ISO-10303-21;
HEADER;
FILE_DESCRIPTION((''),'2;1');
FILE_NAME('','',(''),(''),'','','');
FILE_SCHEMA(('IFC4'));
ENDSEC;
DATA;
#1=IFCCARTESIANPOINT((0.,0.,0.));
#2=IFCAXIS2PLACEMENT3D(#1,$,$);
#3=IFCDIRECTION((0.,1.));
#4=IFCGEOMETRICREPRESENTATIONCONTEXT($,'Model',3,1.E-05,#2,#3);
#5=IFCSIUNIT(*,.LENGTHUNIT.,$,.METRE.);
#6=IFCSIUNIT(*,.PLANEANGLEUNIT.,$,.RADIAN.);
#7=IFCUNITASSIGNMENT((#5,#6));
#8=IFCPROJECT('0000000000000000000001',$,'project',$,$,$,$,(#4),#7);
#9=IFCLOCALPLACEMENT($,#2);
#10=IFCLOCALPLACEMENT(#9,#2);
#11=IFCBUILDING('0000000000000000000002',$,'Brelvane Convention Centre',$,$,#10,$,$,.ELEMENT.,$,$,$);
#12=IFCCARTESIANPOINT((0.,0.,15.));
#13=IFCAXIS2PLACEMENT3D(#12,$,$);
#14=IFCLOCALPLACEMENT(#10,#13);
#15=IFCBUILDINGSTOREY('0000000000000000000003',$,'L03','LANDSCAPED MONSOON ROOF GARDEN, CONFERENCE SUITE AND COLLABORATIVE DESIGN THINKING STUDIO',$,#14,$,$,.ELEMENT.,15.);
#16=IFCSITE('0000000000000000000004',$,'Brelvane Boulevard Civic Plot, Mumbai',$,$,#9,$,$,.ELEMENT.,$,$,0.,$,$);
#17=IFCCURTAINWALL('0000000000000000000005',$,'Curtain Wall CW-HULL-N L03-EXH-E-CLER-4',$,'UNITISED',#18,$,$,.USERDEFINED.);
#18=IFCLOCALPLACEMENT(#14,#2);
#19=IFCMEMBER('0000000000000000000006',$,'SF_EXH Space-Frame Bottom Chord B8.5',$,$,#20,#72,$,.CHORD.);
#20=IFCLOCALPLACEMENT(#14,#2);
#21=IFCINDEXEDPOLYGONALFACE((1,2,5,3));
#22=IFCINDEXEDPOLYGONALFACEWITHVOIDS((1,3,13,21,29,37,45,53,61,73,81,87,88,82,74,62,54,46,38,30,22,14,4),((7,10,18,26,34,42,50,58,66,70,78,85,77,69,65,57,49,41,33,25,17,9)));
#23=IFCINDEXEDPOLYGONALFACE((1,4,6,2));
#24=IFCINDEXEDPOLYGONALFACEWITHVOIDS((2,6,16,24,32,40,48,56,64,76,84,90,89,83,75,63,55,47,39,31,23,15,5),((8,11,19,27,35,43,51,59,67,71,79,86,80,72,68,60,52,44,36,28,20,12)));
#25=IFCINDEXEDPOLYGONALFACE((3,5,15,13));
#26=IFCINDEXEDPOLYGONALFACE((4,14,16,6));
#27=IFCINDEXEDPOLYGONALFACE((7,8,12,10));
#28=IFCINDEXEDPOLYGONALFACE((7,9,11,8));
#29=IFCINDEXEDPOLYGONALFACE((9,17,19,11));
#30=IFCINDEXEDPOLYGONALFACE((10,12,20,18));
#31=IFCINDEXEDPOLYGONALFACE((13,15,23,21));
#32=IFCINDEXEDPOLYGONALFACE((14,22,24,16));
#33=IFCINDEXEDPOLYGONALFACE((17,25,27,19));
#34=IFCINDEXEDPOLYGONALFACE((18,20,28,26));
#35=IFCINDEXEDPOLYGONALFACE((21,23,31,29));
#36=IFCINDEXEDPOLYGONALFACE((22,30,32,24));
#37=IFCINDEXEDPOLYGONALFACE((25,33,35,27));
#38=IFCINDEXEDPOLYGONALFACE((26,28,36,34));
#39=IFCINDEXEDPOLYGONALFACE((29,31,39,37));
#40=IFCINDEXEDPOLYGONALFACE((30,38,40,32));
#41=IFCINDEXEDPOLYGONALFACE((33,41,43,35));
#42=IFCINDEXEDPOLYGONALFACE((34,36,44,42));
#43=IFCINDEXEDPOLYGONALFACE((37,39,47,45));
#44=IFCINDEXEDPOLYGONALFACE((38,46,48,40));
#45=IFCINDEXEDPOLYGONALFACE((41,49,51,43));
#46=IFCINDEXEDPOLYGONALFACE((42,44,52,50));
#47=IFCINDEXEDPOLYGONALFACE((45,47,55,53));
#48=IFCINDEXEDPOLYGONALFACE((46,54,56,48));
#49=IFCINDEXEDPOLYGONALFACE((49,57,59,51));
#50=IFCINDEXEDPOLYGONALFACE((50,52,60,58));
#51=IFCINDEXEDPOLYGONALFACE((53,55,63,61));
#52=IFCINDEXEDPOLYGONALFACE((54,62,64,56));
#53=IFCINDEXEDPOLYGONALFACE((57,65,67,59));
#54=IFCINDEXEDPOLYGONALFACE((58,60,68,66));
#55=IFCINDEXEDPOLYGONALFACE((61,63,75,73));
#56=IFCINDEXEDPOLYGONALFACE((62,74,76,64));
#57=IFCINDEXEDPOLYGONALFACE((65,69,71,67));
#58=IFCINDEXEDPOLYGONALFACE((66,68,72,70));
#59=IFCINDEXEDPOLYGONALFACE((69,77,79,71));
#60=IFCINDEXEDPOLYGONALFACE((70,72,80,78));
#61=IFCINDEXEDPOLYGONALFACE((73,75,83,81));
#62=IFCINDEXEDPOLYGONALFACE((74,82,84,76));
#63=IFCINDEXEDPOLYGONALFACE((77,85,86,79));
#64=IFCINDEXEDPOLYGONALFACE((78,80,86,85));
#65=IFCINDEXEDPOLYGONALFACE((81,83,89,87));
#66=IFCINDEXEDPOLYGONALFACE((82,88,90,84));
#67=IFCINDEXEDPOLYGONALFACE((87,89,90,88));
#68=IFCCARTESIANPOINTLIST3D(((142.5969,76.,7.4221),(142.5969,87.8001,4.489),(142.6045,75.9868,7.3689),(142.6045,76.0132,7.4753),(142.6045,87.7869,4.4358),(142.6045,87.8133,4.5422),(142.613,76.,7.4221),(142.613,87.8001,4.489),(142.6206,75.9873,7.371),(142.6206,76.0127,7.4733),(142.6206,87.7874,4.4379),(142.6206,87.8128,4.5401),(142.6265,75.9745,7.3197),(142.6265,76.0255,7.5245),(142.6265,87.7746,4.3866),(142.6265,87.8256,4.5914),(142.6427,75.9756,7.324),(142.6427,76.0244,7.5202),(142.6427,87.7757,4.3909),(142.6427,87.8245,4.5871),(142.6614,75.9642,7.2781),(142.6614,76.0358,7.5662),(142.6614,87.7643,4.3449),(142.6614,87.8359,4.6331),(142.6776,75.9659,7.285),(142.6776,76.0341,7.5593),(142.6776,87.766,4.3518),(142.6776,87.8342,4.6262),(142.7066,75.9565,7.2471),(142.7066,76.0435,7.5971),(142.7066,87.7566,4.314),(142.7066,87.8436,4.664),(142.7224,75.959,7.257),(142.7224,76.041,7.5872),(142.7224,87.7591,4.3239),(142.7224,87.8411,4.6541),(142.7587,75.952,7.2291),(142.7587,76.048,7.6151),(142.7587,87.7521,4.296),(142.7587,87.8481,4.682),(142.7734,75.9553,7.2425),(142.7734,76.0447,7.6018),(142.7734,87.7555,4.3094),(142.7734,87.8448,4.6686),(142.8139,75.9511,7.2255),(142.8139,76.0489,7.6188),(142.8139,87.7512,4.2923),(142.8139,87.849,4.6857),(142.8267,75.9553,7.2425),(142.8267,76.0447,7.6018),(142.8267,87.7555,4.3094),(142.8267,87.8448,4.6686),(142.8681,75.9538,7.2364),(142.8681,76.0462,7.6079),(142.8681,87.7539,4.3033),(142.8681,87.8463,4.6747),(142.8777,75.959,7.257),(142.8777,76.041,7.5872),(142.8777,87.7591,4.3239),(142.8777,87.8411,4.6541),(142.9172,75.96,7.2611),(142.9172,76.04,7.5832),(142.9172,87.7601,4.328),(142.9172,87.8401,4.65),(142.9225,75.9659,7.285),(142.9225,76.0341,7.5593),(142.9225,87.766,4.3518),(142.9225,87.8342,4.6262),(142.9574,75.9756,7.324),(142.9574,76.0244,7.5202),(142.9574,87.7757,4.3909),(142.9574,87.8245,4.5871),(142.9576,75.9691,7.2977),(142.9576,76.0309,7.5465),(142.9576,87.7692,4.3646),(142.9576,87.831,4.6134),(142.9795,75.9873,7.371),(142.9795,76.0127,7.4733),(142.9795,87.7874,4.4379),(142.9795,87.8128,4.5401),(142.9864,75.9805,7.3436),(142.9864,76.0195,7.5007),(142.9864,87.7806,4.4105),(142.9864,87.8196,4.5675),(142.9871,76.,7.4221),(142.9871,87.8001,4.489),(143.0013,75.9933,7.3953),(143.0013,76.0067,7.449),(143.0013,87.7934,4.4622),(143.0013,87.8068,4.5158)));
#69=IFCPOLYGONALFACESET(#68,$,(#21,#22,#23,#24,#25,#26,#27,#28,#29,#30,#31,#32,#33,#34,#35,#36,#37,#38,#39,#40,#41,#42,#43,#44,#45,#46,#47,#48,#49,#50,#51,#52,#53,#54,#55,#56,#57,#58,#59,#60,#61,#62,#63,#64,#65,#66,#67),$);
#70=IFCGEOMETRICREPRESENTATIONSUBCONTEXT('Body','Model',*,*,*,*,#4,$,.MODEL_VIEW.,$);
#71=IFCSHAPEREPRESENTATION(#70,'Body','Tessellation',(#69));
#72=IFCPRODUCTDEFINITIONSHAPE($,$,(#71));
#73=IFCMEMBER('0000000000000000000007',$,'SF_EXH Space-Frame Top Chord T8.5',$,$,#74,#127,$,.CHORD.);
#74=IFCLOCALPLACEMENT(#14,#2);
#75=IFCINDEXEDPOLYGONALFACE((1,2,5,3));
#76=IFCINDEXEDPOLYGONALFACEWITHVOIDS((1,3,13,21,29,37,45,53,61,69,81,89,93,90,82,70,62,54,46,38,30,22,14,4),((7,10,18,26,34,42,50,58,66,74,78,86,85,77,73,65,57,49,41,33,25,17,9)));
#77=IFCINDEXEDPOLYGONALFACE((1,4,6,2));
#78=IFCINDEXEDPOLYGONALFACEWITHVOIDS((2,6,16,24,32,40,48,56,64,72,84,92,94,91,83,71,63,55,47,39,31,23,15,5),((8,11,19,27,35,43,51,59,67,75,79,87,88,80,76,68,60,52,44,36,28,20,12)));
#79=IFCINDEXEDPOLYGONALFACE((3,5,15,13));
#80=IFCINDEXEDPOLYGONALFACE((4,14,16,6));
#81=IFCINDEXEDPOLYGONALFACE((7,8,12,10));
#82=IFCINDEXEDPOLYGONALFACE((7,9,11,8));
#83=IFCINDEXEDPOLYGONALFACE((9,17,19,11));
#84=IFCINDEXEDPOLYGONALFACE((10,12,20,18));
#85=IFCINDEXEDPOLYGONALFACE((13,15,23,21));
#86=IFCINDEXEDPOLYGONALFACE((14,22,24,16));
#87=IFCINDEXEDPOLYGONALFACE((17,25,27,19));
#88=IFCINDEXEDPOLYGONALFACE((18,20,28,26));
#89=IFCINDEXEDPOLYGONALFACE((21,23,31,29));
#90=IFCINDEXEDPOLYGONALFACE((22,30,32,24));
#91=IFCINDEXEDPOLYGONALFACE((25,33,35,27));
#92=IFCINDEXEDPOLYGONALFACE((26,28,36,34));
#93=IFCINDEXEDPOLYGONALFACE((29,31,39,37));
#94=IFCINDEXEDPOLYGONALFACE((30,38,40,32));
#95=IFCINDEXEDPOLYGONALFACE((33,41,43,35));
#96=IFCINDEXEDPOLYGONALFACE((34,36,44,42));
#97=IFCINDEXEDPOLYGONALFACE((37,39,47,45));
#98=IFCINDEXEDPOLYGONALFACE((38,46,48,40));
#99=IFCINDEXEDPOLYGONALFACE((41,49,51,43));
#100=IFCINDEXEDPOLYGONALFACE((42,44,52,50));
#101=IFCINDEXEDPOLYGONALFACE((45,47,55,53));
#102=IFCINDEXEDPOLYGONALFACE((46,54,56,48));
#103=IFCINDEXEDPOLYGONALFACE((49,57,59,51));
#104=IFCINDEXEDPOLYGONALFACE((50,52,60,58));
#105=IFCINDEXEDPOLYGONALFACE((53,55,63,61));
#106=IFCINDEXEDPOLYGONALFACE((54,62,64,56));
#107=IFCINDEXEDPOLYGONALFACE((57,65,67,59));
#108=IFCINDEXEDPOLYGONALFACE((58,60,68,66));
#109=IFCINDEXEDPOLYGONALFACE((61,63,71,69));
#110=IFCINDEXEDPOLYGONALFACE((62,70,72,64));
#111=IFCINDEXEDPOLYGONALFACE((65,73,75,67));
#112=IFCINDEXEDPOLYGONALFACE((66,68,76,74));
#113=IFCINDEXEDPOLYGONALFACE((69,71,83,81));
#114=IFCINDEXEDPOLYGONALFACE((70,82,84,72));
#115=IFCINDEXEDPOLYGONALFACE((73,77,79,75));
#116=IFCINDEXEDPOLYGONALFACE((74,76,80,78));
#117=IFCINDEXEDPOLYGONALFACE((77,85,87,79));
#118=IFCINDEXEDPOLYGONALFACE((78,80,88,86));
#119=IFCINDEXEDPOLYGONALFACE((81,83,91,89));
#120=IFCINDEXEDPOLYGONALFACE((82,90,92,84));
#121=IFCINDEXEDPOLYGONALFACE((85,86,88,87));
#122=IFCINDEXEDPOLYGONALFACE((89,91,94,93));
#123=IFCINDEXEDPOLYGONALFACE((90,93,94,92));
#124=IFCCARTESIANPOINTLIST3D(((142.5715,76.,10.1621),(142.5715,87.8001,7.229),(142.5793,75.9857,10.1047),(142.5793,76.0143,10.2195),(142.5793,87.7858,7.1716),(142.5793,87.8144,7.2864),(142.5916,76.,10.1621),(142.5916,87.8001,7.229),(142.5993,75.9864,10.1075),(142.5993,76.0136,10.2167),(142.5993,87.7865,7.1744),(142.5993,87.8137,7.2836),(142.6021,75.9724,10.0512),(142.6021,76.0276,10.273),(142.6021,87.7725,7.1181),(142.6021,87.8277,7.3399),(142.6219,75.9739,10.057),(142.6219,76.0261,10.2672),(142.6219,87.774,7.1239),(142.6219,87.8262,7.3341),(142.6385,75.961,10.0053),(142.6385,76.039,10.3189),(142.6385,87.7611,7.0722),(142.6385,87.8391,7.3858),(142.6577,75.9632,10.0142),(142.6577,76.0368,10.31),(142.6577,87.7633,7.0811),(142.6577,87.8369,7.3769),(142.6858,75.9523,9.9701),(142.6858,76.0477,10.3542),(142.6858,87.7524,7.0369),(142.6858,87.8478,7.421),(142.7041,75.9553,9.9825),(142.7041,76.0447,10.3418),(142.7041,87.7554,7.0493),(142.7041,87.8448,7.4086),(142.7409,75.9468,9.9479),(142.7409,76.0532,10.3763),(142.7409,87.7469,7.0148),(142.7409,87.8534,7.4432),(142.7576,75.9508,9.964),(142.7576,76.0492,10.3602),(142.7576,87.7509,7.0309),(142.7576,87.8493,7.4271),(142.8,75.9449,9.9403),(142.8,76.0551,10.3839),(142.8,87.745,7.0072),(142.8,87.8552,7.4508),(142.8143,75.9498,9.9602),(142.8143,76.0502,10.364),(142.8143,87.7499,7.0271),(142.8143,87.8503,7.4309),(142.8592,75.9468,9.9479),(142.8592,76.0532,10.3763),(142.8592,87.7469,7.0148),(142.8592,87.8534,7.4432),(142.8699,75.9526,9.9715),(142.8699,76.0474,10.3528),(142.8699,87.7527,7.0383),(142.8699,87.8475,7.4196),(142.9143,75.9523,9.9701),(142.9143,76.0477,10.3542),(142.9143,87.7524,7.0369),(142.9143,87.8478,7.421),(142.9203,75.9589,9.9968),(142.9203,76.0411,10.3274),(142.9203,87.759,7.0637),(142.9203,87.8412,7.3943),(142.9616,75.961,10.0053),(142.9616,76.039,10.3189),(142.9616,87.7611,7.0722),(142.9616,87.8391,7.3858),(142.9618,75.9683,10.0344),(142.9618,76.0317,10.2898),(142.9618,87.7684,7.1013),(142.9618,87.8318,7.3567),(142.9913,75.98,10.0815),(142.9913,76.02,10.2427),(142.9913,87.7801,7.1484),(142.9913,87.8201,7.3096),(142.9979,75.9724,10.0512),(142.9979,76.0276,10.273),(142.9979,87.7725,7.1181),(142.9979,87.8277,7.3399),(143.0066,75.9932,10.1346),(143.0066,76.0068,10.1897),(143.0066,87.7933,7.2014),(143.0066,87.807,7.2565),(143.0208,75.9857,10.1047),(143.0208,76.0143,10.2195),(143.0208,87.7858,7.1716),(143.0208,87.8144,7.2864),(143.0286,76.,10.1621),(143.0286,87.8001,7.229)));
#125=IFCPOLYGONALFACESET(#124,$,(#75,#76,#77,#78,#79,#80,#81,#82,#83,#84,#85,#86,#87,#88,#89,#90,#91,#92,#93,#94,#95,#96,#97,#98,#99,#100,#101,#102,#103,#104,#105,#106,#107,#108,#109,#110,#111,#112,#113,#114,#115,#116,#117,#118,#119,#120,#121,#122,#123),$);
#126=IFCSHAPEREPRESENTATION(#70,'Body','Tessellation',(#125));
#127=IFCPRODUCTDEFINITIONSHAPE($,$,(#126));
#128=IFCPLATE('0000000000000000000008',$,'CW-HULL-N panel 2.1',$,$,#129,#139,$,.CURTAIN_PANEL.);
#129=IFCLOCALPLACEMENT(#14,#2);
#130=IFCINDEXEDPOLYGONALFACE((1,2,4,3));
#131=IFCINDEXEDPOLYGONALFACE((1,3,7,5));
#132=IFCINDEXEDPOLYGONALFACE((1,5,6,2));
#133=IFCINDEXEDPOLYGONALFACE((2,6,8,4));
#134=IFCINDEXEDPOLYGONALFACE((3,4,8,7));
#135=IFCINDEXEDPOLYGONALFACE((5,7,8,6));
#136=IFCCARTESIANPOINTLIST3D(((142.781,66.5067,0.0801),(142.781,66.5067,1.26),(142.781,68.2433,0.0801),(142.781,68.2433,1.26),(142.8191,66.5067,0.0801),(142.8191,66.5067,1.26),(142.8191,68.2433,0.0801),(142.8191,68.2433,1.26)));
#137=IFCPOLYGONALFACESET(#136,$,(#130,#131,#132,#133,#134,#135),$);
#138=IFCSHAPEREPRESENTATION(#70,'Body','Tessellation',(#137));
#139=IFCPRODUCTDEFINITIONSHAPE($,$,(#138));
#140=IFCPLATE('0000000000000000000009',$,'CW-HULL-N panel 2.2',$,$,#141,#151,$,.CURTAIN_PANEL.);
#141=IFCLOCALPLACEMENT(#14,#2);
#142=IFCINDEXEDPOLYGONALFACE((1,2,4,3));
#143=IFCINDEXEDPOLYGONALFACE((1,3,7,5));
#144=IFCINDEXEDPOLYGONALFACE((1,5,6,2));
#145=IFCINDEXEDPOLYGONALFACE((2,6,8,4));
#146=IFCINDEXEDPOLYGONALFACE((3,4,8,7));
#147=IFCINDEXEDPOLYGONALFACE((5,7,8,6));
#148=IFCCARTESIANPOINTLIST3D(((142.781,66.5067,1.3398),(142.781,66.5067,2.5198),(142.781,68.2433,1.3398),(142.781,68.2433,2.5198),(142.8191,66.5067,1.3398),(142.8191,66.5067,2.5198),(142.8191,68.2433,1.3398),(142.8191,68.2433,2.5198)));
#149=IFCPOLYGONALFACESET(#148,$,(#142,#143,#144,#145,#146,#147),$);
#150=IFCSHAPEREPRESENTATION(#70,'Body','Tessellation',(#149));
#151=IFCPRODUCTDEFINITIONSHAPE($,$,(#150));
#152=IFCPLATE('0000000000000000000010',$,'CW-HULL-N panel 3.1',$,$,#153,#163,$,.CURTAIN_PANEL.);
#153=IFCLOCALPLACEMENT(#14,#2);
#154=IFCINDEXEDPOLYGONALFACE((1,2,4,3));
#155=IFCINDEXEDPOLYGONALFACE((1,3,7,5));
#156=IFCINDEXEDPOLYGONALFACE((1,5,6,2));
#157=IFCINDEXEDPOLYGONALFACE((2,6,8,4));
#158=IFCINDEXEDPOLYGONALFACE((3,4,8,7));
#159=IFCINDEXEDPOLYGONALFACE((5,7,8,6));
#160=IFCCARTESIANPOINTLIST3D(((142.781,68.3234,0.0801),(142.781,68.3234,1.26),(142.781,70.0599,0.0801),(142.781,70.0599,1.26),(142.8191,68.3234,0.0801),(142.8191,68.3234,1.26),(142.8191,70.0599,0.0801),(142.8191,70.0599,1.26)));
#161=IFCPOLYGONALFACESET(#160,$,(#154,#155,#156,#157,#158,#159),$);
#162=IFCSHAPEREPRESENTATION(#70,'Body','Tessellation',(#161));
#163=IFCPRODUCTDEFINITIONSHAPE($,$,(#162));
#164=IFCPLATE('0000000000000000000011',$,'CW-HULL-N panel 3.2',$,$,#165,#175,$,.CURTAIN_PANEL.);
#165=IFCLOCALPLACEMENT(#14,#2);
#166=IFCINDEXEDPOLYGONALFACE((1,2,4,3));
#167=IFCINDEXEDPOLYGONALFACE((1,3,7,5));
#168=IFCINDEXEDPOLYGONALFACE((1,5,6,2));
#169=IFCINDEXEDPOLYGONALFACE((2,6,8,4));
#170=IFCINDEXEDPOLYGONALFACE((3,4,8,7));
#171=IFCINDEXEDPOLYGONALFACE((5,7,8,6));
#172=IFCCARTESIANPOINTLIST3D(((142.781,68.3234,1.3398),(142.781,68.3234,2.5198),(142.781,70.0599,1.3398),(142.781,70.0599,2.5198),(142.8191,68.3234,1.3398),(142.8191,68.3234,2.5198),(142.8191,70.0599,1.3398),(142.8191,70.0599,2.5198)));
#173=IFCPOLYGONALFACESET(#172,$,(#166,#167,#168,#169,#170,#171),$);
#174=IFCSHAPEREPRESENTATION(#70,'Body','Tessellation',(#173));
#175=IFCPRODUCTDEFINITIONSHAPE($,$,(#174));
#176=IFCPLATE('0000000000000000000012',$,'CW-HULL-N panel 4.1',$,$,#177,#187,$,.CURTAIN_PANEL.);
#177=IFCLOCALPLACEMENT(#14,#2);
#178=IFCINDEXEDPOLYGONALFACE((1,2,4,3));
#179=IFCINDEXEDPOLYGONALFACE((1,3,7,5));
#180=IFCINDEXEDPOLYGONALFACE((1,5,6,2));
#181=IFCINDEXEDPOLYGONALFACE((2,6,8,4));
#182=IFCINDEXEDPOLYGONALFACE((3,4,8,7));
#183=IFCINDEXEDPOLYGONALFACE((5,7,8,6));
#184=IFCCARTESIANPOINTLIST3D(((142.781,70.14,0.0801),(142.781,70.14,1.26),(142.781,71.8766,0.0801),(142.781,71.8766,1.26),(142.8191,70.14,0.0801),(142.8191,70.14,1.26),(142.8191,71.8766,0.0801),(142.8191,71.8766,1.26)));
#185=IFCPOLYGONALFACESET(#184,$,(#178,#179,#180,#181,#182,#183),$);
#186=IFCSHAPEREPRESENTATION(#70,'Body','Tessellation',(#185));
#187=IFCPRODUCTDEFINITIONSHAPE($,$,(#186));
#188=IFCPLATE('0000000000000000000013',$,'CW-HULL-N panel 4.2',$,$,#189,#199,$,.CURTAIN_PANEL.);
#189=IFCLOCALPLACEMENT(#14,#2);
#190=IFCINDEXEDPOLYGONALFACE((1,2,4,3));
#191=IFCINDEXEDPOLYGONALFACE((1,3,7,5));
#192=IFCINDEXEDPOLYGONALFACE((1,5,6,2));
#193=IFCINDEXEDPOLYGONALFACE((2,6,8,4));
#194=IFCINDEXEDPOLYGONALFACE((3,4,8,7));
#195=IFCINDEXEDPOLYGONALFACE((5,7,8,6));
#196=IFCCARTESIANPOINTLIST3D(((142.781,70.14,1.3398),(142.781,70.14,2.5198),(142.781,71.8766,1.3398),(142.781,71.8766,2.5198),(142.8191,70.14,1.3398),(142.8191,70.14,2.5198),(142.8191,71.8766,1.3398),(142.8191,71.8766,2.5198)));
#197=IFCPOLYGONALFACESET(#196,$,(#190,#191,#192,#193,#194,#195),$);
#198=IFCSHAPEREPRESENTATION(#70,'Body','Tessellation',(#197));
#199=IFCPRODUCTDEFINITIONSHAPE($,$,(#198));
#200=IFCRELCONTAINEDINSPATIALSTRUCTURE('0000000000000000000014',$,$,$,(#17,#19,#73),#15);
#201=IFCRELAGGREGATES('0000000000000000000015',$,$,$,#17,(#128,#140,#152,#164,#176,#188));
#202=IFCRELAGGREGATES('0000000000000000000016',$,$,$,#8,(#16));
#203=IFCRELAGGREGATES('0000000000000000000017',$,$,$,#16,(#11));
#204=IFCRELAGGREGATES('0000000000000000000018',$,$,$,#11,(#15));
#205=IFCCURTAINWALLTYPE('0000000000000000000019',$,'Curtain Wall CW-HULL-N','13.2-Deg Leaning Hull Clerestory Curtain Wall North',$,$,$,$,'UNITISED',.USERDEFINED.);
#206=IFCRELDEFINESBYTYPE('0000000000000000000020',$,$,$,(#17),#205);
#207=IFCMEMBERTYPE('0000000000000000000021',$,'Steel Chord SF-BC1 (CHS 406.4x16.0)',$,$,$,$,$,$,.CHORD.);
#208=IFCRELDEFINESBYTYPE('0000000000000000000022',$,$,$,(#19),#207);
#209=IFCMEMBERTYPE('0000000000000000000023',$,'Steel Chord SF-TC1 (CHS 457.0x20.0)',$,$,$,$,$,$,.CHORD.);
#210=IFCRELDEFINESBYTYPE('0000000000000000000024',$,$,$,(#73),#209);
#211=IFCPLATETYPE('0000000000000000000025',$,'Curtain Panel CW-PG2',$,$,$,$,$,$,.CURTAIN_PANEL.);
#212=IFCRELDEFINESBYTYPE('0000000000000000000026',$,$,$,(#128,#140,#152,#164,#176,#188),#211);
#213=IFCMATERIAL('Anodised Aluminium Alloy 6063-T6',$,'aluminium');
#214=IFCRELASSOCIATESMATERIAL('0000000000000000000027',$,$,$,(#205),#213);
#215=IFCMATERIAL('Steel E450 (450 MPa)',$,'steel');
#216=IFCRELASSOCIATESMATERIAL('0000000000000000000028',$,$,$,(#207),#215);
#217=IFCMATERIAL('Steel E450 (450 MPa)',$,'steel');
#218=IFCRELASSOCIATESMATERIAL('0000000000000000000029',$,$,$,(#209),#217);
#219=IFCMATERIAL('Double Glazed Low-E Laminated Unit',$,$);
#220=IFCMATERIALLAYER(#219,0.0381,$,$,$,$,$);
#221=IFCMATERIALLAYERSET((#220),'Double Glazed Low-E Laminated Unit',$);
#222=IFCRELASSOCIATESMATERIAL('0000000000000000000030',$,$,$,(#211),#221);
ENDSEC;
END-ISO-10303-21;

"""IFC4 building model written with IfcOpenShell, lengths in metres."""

from ifc_helpers import new_model, si_unit, direction, frame, origin, origin_2d, place, context, subcontext, project, spatial, rectangle, hollow_circle, extrude, material, layer, layer_set, material_profile, profile_set, type_object, element, aggregate, save


model = new_model("IFC4")

# Units and contexts
model_context = context("Model", 3, precision=1e-05, world=origin(), true_north=direction((0.0, 1.0)))
body_context = subcontext(model_context, "Body", "Model", "MODEL_VIEW")
ifc_project = project(units=[si_unit("LENGTHUNIT", "METRE"), si_unit("PLANEANGLEUNIT", "RADIAN")], contexts=[model_context])

# Site, building, storey
site_placement = place(None, origin())
site = spatial("IfcSite", under=ifc_project, at=site_placement, Name="Brelvane Boulevard Civic Plot, Mumbai", CompositionType="ELEMENT", RefElevation=0.0)
building_placement = place(site_placement, origin())
building = spatial("IfcBuilding", under=site, at=building_placement, Name="Brelvane Convention Centre", CompositionType="ELEMENT")
storey_placement = place(building_placement, frame((0.0, 0.0, 15.0)))
storey = spatial("IfcBuildingStorey", under=building, at=storey_placement, Name="L03", Description="LANDSCAPED MONSOON ROOF GARDEN, CONFERENCE SUITE AND COLLABORATIVE DESIGN THINKING STUDIO", CompositionType="ELEMENT", Elevation=15.0)

# Curtain wall
ifc_material_1 = material(Name="Anodised Aluminium Alloy 6063-T6", Category="aluminium")
curtain_wall_type = type_object("IfcCurtainWallType", Name="Curtain Wall CW-HULL-N", Description="13.2-Deg Leaning Hull Clerestory Curtain Wall North", ElementType="UNITISED", PredefinedType="USERDEFINED", material=ifc_material_1)
curtain_wall_placement = place(storey_placement, origin())
curtain_wall = element("IfcCurtainWall", 1, at=curtain_wall_placement, inside=storey, type_object=curtain_wall_type, Name="Curtain Wall CW-HULL-N L03-EXH-E-CLER-4", ObjectType="UNITISED", PredefinedType="USERDEFINED")

# Members
ifc_material_2 = material(Name="Steel E450 (450 MPa)", Category="steel")
ifc_material_profile_1 = material_profile(ifc_material_2, hollow_circle(Radius=0.2031, WallThickness=0.0161, at=origin_2d()), Name="CHS 406.4x16.0")
ifc_profile_set_1 = profile_set([ifc_material_profile_1], Name="Steel E450 (450 MPa)")
member_type_1 = type_object("IfcMemberType", Name="Steel Chord SF-BC1 (CHS 406.4x16.0)", PredefinedType="CHORD", material=ifc_profile_set_1)
member_1_placement = place(storey_placement, frame((142.8, 76.0, 7.4221), z_axis=(0.0, 0.970469, -0.241227), x_axis=(-1.0, 0.0, 0.0)))
element("IfcMember", 2, at=member_1_placement, inside=storey, type_object=member_type_1, Name="SF_EXH Space-Frame Bottom Chord B8.5", PredefinedType="CHORD", context=body_context, shape_type="SweptSolid", body=[
    extrude(hollow_circle(Radius=0.2031, WallThickness=0.0161, at=origin_2d()), origin(), (0.0, 0.0, 1.0), 12.1592),
])
ifc_material_3 = material(Name="Steel E450 (450 MPa)", Category="steel")
ifc_material_profile_2 = material_profile(ifc_material_3, hollow_circle(Radius=0.2285, WallThickness=0.02, at=origin_2d()), Name="CHS 457.0x20.0")
ifc_profile_set_2 = profile_set([ifc_material_profile_2], Name="Steel E450 (450 MPa)")
member_type_2 = type_object("IfcMemberType", Name="Steel Chord SF-TC1 (CHS 457.0x20.0)", PredefinedType="CHORD", material=ifc_profile_set_2)
member_2_placement = place(storey_placement, frame((142.8, 76.0, 10.1621), z_axis=(0.0, 0.970469, -0.241227), x_axis=(-1.0, 0.0, 0.0)))
element("IfcMember", 3, at=member_2_placement, inside=storey, type_object=member_type_2, Name="SF_EXH Space-Frame Top Chord T8.5", PredefinedType="CHORD", context=body_context, shape_type="SweptSolid", body=[
    extrude(hollow_circle(Radius=0.2285, WallThickness=0.02, at=origin_2d()), origin(), (0.0, 0.0, 1.0), 12.1592),
])

# Plates
ifc_material_4 = material(Name="Double Glazed Low-E Laminated Unit")
ifc_layer_1 = layer(ifc_material_4, 0.0381)
ifc_layer_set_1 = layer_set([ifc_layer_1], Name="Double Glazed Low-E Laminated Unit")
plate_type_1 = type_object("IfcPlateType", Name="Curtain Panel CW-PG2", PredefinedType="CURTAIN_PANEL", material=ifc_layer_set_1)
plate_1_placement = place(storey_placement, frame((142.8, 67.375, 0.0801), z_axis=(0.0, 0.0, 1.0), x_axis=(0.0, 1.0, 0.0)))
plate_1 = element("IfcPlate", 4, at=plate_1_placement, type_object=plate_type_1, Name="CW-HULL-N panel 2.1", PredefinedType="CURTAIN_PANEL", context=body_context, shape_type="SweptSolid", body=[
    extrude(rectangle(XDim=1.7366, YDim=0.0381, at=origin_2d()), origin(), (0.0, 0.0, 1.0), 1.1799),
])
plate_2_placement = place(storey_placement, frame((142.8, 67.375, 1.3398), z_axis=(0.0, 0.0, 1.0), x_axis=(0.0, 1.0, 0.0)))
plate_2 = element("IfcPlate", 5, at=plate_2_placement, type_object=plate_type_1, Name="CW-HULL-N panel 2.2", PredefinedType="CURTAIN_PANEL", context=body_context, shape_type="SweptSolid", body=[
    extrude(rectangle(XDim=1.7366, YDim=0.0381, at=origin_2d()), origin(), (0.0, 0.0, 1.0), 1.1799),
])
plate_3_placement = place(storey_placement, frame((142.8, 69.1917, 0.0801), z_axis=(0.0, 0.0, 1.0), x_axis=(0.0, 1.0, 0.0)))
plate_3 = element("IfcPlate", 6, at=plate_3_placement, type_object=plate_type_1, Name="CW-HULL-N panel 3.1", PredefinedType="CURTAIN_PANEL", context=body_context, shape_type="SweptSolid", body=[
    extrude(rectangle(XDim=1.7366, YDim=0.0381, at=origin_2d()), origin(), (0.0, 0.0, 1.0), 1.1799),
])
plate_4_placement = place(storey_placement, frame((142.8, 69.1917, 1.3398), z_axis=(0.0, 0.0, 1.0), x_axis=(0.0, 1.0, 0.0)))
plate_4 = element("IfcPlate", 7, at=plate_4_placement, type_object=plate_type_1, Name="CW-HULL-N panel 3.2", PredefinedType="CURTAIN_PANEL", context=body_context, shape_type="SweptSolid", body=[
    extrude(rectangle(XDim=1.7366, YDim=0.0381, at=origin_2d()), origin(), (0.0, 0.0, 1.0), 1.1799),
])
plate_5_placement = place(storey_placement, frame((142.8, 71.0083, 0.0801), z_axis=(0.0, 0.0, 1.0), x_axis=(0.0, 1.0, 0.0)))
plate_5 = element("IfcPlate", 8, at=plate_5_placement, type_object=plate_type_1, Name="CW-HULL-N panel 4.1", PredefinedType="CURTAIN_PANEL", context=body_context, shape_type="SweptSolid", body=[
    extrude(rectangle(XDim=1.7366, YDim=0.0381, at=origin_2d()), origin(), (0.0, 0.0, 1.0), 1.1799),
])
plate_6_placement = place(storey_placement, frame((142.8, 71.0083, 1.3398), z_axis=(0.0, 0.0, 1.0), x_axis=(0.0, 1.0, 0.0)))
plate_6 = element("IfcPlate", 9, at=plate_6_placement, type_object=plate_type_1, Name="CW-HULL-N panel 4.2", PredefinedType="CURTAIN_PANEL", context=body_context, shape_type="SweptSolid", body=[
    extrude(rectangle(XDim=1.7366, YDim=0.0381, at=origin_2d()), origin(), (0.0, 0.0, 1.0), 1.1799),
])
aggregate(curtain_wall, [plate_1, plate_2, plate_3, plate_4, plate_5, plate_6])

save(model, "model.ifc")
